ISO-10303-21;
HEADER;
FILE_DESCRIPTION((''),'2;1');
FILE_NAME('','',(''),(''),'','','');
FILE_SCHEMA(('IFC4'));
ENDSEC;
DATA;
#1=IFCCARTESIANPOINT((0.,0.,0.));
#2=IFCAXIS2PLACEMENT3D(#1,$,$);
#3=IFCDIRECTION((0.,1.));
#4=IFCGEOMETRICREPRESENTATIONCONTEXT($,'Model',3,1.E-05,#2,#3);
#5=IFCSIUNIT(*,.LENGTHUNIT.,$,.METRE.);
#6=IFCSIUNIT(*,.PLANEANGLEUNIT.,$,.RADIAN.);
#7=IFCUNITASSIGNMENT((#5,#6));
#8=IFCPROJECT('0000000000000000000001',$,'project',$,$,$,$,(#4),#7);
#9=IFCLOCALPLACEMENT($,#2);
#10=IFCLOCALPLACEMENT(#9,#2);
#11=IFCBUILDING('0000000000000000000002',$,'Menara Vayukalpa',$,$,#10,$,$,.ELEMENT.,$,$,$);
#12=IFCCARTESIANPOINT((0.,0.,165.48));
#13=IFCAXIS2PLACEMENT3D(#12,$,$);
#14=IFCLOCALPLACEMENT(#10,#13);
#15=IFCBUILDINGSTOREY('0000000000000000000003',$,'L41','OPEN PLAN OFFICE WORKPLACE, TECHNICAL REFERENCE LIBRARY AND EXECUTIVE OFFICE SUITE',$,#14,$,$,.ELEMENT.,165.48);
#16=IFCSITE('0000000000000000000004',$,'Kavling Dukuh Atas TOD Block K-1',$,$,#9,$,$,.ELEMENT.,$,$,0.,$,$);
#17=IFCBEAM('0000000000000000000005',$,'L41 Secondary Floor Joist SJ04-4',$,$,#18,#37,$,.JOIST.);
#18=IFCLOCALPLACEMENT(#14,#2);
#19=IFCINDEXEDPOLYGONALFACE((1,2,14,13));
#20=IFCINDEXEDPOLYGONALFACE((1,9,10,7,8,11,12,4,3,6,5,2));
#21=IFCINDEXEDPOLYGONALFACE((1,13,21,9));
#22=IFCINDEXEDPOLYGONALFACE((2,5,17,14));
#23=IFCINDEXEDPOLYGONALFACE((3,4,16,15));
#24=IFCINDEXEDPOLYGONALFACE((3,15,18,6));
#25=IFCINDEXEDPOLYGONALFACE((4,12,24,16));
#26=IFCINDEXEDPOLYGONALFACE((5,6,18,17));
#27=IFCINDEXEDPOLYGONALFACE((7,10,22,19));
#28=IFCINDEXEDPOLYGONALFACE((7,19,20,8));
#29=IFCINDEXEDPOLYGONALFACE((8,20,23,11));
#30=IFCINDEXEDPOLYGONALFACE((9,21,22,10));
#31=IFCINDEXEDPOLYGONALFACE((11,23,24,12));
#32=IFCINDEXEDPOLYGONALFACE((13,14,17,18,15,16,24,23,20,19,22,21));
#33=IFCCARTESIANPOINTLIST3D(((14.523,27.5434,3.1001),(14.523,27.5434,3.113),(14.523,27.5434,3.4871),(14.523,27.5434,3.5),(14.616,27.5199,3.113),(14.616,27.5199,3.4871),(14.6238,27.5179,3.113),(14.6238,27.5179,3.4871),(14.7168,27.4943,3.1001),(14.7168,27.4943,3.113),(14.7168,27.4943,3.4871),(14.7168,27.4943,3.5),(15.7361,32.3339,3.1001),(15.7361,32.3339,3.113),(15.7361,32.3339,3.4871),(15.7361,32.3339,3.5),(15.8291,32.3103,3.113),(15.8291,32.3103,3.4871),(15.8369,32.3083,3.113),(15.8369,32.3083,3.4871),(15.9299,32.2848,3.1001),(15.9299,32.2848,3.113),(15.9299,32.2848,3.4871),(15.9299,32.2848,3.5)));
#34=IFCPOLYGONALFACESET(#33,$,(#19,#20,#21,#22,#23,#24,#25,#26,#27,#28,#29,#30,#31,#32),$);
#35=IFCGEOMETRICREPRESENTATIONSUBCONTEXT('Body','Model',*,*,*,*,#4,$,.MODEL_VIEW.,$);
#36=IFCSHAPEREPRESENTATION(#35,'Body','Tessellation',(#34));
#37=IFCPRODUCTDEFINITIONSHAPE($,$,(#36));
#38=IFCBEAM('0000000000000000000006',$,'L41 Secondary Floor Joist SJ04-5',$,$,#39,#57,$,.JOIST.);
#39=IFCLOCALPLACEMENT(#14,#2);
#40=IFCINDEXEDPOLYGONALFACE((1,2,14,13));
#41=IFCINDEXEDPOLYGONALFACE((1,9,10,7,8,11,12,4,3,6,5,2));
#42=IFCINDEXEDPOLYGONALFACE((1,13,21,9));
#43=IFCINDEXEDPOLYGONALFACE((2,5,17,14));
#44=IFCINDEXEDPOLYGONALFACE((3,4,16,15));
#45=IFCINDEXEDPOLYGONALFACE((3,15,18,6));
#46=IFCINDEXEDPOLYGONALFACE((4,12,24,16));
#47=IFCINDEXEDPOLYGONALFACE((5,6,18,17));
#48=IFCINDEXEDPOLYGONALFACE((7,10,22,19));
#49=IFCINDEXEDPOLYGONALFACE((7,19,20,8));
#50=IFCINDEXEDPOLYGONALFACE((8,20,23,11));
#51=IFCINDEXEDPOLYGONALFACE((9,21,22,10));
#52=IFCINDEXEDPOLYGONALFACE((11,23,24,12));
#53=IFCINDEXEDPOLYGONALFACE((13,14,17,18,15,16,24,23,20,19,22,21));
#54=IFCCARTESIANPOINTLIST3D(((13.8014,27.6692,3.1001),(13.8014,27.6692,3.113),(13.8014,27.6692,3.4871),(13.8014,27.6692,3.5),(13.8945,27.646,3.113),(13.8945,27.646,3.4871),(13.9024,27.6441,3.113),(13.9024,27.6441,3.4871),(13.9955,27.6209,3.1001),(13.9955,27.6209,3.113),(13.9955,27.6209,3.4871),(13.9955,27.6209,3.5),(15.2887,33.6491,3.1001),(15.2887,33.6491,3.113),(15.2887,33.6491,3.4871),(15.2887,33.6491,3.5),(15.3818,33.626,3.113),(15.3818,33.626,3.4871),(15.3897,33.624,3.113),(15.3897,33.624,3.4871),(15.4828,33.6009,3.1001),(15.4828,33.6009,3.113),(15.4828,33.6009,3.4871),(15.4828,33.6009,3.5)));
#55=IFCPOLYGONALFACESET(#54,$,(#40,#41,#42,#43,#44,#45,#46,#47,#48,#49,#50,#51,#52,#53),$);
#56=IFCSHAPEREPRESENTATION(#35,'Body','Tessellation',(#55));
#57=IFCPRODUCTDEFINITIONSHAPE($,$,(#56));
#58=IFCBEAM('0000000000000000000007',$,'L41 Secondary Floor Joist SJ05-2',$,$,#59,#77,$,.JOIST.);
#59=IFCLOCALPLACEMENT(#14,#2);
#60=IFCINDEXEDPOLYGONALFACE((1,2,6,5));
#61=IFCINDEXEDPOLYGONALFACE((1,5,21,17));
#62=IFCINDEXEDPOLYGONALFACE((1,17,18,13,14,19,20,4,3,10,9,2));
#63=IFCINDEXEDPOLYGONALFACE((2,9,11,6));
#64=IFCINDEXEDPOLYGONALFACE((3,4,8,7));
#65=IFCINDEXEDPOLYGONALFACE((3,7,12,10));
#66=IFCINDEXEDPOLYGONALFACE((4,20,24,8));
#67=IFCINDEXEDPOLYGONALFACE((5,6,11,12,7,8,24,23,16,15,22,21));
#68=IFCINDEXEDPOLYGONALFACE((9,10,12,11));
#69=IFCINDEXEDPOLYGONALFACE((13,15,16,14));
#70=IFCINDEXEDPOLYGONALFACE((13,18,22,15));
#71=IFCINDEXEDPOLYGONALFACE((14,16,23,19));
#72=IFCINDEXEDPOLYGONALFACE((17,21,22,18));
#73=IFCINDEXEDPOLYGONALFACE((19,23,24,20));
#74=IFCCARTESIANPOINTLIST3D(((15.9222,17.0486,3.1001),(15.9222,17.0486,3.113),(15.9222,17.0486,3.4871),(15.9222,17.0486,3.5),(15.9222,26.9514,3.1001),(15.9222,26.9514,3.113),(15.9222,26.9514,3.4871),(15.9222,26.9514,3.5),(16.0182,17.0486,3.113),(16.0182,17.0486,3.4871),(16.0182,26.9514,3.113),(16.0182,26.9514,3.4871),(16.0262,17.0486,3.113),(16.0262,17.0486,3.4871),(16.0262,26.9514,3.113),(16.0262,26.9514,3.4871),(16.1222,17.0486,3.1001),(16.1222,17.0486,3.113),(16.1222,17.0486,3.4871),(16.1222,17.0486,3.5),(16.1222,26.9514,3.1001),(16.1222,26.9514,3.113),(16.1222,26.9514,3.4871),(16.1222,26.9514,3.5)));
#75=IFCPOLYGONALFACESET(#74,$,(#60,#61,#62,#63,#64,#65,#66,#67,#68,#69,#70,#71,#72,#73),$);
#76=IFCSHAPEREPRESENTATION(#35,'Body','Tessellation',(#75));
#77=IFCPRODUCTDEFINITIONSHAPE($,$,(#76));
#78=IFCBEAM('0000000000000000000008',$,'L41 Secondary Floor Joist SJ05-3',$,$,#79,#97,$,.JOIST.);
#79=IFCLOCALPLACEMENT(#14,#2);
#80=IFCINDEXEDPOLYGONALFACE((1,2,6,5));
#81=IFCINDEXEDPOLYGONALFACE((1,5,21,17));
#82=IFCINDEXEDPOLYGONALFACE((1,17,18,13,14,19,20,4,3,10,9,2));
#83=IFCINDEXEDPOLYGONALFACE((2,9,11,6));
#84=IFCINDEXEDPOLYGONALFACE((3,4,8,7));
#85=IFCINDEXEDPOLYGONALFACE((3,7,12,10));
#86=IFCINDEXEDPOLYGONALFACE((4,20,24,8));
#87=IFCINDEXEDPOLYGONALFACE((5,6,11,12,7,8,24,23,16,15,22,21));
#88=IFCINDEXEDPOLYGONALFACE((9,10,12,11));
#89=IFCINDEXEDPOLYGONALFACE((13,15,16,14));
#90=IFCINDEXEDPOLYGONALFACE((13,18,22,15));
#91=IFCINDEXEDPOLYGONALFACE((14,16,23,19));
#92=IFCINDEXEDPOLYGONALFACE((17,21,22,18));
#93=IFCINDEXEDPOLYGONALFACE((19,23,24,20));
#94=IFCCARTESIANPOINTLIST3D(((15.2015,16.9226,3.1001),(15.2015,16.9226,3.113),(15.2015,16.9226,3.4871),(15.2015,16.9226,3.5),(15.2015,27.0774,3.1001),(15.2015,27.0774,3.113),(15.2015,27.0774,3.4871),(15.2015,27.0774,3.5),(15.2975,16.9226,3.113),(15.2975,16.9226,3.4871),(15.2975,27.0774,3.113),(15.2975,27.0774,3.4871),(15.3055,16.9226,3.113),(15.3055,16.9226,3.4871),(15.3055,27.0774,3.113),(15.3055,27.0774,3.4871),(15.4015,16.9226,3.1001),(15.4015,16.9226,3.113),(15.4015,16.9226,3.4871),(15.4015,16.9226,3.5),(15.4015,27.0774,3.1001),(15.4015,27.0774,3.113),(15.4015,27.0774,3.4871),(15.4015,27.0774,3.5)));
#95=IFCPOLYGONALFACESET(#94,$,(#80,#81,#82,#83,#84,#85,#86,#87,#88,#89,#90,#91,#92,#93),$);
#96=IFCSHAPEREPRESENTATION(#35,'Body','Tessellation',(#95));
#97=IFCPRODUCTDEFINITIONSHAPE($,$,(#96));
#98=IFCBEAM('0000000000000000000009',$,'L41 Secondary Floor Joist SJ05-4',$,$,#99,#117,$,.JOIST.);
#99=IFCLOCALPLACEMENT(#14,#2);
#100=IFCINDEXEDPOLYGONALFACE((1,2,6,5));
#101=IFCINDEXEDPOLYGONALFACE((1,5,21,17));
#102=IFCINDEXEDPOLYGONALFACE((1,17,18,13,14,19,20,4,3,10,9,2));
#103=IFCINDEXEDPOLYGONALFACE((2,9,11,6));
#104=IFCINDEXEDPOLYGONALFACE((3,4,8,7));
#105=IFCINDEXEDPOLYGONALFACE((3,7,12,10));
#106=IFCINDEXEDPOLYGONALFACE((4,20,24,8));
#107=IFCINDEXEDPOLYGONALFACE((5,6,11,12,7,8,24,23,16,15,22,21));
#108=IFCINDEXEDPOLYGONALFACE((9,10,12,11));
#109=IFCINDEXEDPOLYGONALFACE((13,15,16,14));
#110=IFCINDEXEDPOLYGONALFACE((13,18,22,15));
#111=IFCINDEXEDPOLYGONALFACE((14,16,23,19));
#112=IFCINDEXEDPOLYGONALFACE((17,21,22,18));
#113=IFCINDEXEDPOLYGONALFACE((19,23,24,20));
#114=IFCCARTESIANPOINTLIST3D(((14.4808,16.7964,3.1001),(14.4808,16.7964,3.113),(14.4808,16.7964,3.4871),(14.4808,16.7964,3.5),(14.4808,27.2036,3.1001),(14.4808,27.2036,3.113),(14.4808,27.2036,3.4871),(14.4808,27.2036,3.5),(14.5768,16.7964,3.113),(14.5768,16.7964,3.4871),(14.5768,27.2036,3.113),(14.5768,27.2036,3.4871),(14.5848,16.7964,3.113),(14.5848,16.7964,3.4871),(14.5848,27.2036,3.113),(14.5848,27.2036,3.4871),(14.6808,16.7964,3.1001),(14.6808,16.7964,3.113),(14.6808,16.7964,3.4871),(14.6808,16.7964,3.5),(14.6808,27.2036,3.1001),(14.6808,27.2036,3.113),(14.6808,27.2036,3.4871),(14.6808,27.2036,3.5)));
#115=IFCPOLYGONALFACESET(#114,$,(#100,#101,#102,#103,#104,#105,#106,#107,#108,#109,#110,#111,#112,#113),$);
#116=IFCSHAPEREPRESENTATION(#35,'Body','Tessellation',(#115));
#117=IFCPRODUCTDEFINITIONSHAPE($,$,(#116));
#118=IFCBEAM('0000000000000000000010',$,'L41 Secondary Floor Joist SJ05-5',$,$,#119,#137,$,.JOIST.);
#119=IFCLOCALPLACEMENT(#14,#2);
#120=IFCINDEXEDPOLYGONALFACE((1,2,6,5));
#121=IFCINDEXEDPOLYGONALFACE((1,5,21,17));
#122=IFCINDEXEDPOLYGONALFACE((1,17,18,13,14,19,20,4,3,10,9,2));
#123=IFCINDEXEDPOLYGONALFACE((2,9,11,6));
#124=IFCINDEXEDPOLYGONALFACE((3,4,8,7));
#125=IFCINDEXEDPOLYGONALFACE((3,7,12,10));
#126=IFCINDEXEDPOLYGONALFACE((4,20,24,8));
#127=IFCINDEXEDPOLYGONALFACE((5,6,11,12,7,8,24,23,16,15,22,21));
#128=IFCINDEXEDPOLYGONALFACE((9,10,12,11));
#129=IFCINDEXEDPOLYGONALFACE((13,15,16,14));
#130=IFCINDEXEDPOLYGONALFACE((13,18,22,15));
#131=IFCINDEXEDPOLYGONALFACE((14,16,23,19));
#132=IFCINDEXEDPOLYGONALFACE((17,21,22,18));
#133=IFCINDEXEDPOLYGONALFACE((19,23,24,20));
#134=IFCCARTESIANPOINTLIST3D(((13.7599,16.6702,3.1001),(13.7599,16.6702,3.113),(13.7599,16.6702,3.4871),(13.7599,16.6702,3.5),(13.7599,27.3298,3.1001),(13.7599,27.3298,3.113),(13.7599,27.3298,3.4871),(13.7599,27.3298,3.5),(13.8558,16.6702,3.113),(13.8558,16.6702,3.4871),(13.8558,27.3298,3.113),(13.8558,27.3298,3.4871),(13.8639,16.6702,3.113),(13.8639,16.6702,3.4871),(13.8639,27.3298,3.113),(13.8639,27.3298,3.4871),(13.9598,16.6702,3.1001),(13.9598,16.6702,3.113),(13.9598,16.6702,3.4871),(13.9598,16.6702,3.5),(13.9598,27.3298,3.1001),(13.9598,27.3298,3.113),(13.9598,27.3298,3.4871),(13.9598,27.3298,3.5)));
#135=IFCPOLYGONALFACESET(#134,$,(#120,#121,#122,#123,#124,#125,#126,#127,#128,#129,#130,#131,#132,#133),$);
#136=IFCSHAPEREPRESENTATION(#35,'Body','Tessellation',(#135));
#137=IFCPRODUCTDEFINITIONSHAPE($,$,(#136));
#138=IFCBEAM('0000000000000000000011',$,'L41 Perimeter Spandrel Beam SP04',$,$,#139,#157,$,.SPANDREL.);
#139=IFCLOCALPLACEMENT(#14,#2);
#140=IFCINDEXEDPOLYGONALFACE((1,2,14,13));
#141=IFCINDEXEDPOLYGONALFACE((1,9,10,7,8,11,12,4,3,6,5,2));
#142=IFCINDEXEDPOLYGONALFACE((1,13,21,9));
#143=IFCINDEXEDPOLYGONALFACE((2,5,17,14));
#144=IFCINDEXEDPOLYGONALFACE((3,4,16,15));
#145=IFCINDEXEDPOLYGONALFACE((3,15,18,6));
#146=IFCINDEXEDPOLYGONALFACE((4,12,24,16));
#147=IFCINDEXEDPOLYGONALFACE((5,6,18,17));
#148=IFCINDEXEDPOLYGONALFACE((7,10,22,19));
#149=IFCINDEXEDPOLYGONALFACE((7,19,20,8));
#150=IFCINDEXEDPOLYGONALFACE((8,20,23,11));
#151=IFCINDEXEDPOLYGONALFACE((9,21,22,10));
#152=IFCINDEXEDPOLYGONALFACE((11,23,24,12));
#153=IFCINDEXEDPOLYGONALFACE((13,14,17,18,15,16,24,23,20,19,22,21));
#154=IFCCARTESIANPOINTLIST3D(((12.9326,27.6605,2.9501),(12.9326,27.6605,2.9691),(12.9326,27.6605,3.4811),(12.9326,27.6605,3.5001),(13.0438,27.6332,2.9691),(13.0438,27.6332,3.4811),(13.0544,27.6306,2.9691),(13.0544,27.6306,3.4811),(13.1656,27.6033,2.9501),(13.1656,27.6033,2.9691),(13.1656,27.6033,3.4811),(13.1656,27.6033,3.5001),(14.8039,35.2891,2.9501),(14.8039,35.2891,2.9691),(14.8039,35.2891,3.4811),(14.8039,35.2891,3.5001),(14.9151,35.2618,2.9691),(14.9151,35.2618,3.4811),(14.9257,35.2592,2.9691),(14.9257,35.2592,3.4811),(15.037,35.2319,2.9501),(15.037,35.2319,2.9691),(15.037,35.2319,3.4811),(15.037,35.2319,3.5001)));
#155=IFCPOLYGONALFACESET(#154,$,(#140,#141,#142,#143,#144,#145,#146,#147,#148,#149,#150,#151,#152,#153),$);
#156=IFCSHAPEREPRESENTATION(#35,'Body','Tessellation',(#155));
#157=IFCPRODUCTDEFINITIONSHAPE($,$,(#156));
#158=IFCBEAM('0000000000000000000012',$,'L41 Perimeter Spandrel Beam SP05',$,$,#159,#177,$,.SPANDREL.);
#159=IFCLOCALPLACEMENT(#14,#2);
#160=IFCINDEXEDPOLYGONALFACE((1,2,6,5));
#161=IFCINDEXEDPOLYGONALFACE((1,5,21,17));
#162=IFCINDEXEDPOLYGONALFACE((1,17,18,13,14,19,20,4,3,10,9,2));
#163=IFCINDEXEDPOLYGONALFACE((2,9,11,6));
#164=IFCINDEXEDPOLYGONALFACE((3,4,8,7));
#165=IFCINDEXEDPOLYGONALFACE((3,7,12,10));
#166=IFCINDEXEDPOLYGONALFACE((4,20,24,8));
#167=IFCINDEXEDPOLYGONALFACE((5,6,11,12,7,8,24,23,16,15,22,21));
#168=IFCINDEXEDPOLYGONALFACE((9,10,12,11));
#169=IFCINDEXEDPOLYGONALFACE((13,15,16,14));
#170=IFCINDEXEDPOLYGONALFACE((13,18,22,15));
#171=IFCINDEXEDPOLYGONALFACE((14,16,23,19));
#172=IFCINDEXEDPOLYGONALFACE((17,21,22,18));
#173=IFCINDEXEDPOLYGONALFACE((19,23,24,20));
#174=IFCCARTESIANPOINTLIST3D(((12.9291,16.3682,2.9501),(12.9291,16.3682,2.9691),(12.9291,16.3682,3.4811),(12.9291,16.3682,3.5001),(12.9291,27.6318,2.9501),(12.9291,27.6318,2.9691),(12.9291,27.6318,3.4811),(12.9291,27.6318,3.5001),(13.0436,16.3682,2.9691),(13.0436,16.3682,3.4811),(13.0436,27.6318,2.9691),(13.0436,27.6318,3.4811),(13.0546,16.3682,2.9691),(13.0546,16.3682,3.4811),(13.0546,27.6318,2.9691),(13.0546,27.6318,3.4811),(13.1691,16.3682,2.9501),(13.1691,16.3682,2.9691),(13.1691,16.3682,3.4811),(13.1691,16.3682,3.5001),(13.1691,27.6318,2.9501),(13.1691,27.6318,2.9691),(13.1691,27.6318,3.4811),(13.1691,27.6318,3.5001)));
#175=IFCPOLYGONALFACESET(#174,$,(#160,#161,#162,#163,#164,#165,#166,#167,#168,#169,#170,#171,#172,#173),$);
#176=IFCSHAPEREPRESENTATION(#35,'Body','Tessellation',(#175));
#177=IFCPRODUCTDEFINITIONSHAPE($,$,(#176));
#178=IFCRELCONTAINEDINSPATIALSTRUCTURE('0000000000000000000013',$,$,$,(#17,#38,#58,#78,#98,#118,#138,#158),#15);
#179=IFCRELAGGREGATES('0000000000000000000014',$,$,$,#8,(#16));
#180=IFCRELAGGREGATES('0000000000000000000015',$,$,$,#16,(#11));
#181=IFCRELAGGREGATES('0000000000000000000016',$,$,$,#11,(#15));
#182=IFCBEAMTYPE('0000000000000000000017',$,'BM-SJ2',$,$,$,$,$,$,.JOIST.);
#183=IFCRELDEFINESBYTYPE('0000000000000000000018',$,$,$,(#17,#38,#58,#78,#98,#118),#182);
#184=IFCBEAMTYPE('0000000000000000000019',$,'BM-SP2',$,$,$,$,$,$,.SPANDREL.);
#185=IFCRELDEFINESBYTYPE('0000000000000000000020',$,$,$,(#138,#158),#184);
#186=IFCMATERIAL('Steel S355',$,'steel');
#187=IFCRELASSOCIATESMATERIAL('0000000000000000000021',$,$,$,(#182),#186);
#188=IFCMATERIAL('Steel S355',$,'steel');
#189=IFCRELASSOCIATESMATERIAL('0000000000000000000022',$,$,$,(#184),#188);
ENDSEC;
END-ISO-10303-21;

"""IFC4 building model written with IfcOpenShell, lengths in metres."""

from ifc_helpers import new_model, si_unit, direction, frame, origin, origin_2d, place, context, subcontext, project, spatial, i_section, extrude, material, material_profile, profile_set, type_object, element, save


model = new_model("IFC4")

# Units and contexts
model_context = context("Model", 3, precision=1e-05, world=origin(), true_north=direction((0.0, 1.0)))
body_context = subcontext(model_context, "Body", "Model", "MODEL_VIEW")
ifc_project = project(units=[si_unit("LENGTHUNIT", "METRE"), si_unit("PLANEANGLEUNIT", "RADIAN")], contexts=[model_context])

# Site, building, storey
site_placement = place(None, origin())
site = spatial("IfcSite", under=ifc_project, at=site_placement, Name="Kavling Dukuh Atas TOD Block K-1", CompositionType="ELEMENT", RefElevation=0.0)
building_placement = place(site_placement, origin())
building = spatial("IfcBuilding", under=site, at=building_placement, Name="Menara Vayukalpa", CompositionType="ELEMENT")
storey_placement = place(building_placement, frame((0.0, 0.0, 165.48)))
storey = spatial("IfcBuildingStorey", under=building, at=storey_placement, Name="L41", Description="OPEN PLAN OFFICE WORKPLACE, TECHNICAL REFERENCE LIBRARY AND EXECUTIVE OFFICE SUITE", CompositionType="ELEMENT", Elevation=165.48)

# Beams
ifc_material_1 = material(Name="Steel S355", Category="steel")
ifc_material_profile_1 = material_profile(ifc_material_1, i_section(OverallWidth=0.2, OverallDepth=0.3999, WebThickness=0.0081, FlangeThickness=0.0129, at=origin_2d()), Name="WF 400x200x8x13")
ifc_profile_set_1 = profile_set([ifc_material_profile_1], Name="Steel S355")
beam_type_1 = type_object("IfcBeamType", Name="BM-SJ2", PredefinedType="JOIST", material=ifc_profile_set_1)
beam_1_placement = place(storey_placement, frame((15.833, 32.3093, 3.3), z_axis=(-0.245487, -0.9694, 0.0), x_axis=(0.9694, -0.245487, 0.0)))
element("IfcBeam", 1, at=beam_1_placement, inside=storey, type_object=beam_type_1, Name="L41 Secondary Floor Joist SJ04-4", PredefinedType="JOIST", context=body_context, shape_type="SweptSolid", body=[
    extrude(i_section(OverallWidth=0.2, OverallDepth=0.3999, WebThickness=0.0081, FlangeThickness=0.0129, at=origin_2d()), origin(), (0.0, 0.0, 1.0), 4.9417),
])
beam_2_placement = place(storey_placement, frame((15.3857, 33.625, 3.3), z_axis=(-0.241361, -0.970435, 0.0), x_axis=(0.970435, -0.241361, 0.0)))
element("IfcBeam", 2, at=beam_2_placement, inside=storey, type_object=beam_type_1, Name="L41 Secondary Floor Joist SJ04-5", PredefinedType="JOIST", context=body_context, shape_type="SweptSolid", body=[
    extrude(i_section(OverallWidth=0.2, OverallDepth=0.3999, WebThickness=0.0081, FlangeThickness=0.0129, at=origin_2d()), origin(), (0.0, 0.0, 1.0), 6.1621),
])
beam_3_placement = place(storey_placement, frame((16.0222, 26.9514, 3.3), z_axis=(0.0, -1.0, 0.0), x_axis=(1.0, 0.0, 0.0)))
element("IfcBeam", 3, at=beam_3_placement, inside=storey, type_object=beam_type_1, Name="L41 Secondary Floor Joist SJ05-2", PredefinedType="JOIST", context=body_context, shape_type="SweptSolid", body=[
    extrude(i_section(OverallWidth=0.2, OverallDepth=0.3999, WebThickness=0.0081, FlangeThickness=0.0129, at=origin_2d()), origin(), (0.0, 0.0, 1.0), 9.9028),
])
beam_4_placement = place(storey_placement, frame((15.3015, 27.0774, 3.3), z_axis=(0.0, -1.0, 0.0), x_axis=(1.0, 0.0, 0.0)))
element("IfcBeam", 4, at=beam_4_placement, inside=storey, type_object=beam_type_1, Name="L41 Secondary Floor Joist SJ05-3", PredefinedType="JOIST", context=body_context, shape_type="SweptSolid", body=[
    extrude(i_section(OverallWidth=0.2, OverallDepth=0.3999, WebThickness=0.0081, FlangeThickness=0.0129, at=origin_2d()), origin(), (0.0, 0.0, 1.0), 10.1548),
])
beam_5_placement = place(storey_placement, frame((14.5808, 27.2036, 3.3), z_axis=(0.0, -1.0, 0.0), x_axis=(1.0, 0.0, 0.0)))
element("IfcBeam", 5, at=beam_5_placement, inside=storey, type_object=beam_type_1, Name="L41 Secondary Floor Joist SJ05-4", PredefinedType="JOIST", context=body_context, shape_type="SweptSolid", body=[
    extrude(i_section(OverallWidth=0.2, OverallDepth=0.3999, WebThickness=0.0081, FlangeThickness=0.0129, at=origin_2d()), origin(), (0.0, 0.0, 1.0), 10.4072),
])
beam_6_placement = place(storey_placement, frame((13.8599, 27.3298, 3.3), z_axis=(0.0, -1.0, 0.0), x_axis=(1.0, 0.0, 0.0)))
element("IfcBeam", 6, at=beam_6_placement, inside=storey, type_object=beam_type_1, Name="L41 Secondary Floor Joist SJ05-5", PredefinedType="JOIST", context=body_context, shape_type="SweptSolid", body=[
    extrude(i_section(OverallWidth=0.2, OverallDepth=0.3999, WebThickness=0.0081, FlangeThickness=0.0129, at=origin_2d()), origin(), (0.0, 0.0, 1.0), 10.6597),
])
ifc_material_2 = material(Name="Steel S355", Category="steel")
ifc_material_profile_2 = material_profile(ifc_material_2, i_section(OverallWidth=0.24, OverallDepth=0.55, WebThickness=0.011, FlangeThickness=0.019, at=origin_2d()), Name="WF 550x240x11x19")
ifc_profile_set_2 = profile_set([ifc_material_profile_2], Name="Steel S355")
beam_type_2 = type_object("IfcBeamType", Name="BM-SP2", PredefinedType="SPANDREL", material=ifc_profile_set_2)
beam_7_placement = place(storey_placement, frame((14.9204, 35.2605, 3.2251), z_axis=(-0.23824, -0.971206, 0.0), x_axis=(0.971206, -0.23824, 0.0)))
element("IfcBeam", 7, at=beam_7_placement, inside=storey, type_object=beam_type_2, Name="L41 Perimeter Spandrel Beam SP04", PredefinedType="SPANDREL", context=body_context, shape_type="SweptSolid", body=[
    extrude(i_section(OverallWidth=0.24, OverallDepth=0.55, WebThickness=0.011, FlangeThickness=0.019, at=origin_2d()), origin(), (0.0, 0.0, 1.0), 7.8547),
])
beam_8_placement = place(storey_placement, frame((13.0491, 27.6318, 3.2251), z_axis=(0.0, -1.0, 0.0), x_axis=(1.0, 0.0, 0.0)))
element("IfcBeam", 8, at=beam_8_placement, inside=storey, type_object=beam_type_2, Name="L41 Perimeter Spandrel Beam SP05", PredefinedType="SPANDREL", context=body_context, shape_type="SweptSolid", body=[
    extrude(i_section(OverallWidth=0.24, OverallDepth=0.55, WebThickness=0.011, FlangeThickness=0.019, at=origin_2d()), origin(), (0.0, 0.0, 1.0), 11.2637),
])

save(model, "model.ifc")
